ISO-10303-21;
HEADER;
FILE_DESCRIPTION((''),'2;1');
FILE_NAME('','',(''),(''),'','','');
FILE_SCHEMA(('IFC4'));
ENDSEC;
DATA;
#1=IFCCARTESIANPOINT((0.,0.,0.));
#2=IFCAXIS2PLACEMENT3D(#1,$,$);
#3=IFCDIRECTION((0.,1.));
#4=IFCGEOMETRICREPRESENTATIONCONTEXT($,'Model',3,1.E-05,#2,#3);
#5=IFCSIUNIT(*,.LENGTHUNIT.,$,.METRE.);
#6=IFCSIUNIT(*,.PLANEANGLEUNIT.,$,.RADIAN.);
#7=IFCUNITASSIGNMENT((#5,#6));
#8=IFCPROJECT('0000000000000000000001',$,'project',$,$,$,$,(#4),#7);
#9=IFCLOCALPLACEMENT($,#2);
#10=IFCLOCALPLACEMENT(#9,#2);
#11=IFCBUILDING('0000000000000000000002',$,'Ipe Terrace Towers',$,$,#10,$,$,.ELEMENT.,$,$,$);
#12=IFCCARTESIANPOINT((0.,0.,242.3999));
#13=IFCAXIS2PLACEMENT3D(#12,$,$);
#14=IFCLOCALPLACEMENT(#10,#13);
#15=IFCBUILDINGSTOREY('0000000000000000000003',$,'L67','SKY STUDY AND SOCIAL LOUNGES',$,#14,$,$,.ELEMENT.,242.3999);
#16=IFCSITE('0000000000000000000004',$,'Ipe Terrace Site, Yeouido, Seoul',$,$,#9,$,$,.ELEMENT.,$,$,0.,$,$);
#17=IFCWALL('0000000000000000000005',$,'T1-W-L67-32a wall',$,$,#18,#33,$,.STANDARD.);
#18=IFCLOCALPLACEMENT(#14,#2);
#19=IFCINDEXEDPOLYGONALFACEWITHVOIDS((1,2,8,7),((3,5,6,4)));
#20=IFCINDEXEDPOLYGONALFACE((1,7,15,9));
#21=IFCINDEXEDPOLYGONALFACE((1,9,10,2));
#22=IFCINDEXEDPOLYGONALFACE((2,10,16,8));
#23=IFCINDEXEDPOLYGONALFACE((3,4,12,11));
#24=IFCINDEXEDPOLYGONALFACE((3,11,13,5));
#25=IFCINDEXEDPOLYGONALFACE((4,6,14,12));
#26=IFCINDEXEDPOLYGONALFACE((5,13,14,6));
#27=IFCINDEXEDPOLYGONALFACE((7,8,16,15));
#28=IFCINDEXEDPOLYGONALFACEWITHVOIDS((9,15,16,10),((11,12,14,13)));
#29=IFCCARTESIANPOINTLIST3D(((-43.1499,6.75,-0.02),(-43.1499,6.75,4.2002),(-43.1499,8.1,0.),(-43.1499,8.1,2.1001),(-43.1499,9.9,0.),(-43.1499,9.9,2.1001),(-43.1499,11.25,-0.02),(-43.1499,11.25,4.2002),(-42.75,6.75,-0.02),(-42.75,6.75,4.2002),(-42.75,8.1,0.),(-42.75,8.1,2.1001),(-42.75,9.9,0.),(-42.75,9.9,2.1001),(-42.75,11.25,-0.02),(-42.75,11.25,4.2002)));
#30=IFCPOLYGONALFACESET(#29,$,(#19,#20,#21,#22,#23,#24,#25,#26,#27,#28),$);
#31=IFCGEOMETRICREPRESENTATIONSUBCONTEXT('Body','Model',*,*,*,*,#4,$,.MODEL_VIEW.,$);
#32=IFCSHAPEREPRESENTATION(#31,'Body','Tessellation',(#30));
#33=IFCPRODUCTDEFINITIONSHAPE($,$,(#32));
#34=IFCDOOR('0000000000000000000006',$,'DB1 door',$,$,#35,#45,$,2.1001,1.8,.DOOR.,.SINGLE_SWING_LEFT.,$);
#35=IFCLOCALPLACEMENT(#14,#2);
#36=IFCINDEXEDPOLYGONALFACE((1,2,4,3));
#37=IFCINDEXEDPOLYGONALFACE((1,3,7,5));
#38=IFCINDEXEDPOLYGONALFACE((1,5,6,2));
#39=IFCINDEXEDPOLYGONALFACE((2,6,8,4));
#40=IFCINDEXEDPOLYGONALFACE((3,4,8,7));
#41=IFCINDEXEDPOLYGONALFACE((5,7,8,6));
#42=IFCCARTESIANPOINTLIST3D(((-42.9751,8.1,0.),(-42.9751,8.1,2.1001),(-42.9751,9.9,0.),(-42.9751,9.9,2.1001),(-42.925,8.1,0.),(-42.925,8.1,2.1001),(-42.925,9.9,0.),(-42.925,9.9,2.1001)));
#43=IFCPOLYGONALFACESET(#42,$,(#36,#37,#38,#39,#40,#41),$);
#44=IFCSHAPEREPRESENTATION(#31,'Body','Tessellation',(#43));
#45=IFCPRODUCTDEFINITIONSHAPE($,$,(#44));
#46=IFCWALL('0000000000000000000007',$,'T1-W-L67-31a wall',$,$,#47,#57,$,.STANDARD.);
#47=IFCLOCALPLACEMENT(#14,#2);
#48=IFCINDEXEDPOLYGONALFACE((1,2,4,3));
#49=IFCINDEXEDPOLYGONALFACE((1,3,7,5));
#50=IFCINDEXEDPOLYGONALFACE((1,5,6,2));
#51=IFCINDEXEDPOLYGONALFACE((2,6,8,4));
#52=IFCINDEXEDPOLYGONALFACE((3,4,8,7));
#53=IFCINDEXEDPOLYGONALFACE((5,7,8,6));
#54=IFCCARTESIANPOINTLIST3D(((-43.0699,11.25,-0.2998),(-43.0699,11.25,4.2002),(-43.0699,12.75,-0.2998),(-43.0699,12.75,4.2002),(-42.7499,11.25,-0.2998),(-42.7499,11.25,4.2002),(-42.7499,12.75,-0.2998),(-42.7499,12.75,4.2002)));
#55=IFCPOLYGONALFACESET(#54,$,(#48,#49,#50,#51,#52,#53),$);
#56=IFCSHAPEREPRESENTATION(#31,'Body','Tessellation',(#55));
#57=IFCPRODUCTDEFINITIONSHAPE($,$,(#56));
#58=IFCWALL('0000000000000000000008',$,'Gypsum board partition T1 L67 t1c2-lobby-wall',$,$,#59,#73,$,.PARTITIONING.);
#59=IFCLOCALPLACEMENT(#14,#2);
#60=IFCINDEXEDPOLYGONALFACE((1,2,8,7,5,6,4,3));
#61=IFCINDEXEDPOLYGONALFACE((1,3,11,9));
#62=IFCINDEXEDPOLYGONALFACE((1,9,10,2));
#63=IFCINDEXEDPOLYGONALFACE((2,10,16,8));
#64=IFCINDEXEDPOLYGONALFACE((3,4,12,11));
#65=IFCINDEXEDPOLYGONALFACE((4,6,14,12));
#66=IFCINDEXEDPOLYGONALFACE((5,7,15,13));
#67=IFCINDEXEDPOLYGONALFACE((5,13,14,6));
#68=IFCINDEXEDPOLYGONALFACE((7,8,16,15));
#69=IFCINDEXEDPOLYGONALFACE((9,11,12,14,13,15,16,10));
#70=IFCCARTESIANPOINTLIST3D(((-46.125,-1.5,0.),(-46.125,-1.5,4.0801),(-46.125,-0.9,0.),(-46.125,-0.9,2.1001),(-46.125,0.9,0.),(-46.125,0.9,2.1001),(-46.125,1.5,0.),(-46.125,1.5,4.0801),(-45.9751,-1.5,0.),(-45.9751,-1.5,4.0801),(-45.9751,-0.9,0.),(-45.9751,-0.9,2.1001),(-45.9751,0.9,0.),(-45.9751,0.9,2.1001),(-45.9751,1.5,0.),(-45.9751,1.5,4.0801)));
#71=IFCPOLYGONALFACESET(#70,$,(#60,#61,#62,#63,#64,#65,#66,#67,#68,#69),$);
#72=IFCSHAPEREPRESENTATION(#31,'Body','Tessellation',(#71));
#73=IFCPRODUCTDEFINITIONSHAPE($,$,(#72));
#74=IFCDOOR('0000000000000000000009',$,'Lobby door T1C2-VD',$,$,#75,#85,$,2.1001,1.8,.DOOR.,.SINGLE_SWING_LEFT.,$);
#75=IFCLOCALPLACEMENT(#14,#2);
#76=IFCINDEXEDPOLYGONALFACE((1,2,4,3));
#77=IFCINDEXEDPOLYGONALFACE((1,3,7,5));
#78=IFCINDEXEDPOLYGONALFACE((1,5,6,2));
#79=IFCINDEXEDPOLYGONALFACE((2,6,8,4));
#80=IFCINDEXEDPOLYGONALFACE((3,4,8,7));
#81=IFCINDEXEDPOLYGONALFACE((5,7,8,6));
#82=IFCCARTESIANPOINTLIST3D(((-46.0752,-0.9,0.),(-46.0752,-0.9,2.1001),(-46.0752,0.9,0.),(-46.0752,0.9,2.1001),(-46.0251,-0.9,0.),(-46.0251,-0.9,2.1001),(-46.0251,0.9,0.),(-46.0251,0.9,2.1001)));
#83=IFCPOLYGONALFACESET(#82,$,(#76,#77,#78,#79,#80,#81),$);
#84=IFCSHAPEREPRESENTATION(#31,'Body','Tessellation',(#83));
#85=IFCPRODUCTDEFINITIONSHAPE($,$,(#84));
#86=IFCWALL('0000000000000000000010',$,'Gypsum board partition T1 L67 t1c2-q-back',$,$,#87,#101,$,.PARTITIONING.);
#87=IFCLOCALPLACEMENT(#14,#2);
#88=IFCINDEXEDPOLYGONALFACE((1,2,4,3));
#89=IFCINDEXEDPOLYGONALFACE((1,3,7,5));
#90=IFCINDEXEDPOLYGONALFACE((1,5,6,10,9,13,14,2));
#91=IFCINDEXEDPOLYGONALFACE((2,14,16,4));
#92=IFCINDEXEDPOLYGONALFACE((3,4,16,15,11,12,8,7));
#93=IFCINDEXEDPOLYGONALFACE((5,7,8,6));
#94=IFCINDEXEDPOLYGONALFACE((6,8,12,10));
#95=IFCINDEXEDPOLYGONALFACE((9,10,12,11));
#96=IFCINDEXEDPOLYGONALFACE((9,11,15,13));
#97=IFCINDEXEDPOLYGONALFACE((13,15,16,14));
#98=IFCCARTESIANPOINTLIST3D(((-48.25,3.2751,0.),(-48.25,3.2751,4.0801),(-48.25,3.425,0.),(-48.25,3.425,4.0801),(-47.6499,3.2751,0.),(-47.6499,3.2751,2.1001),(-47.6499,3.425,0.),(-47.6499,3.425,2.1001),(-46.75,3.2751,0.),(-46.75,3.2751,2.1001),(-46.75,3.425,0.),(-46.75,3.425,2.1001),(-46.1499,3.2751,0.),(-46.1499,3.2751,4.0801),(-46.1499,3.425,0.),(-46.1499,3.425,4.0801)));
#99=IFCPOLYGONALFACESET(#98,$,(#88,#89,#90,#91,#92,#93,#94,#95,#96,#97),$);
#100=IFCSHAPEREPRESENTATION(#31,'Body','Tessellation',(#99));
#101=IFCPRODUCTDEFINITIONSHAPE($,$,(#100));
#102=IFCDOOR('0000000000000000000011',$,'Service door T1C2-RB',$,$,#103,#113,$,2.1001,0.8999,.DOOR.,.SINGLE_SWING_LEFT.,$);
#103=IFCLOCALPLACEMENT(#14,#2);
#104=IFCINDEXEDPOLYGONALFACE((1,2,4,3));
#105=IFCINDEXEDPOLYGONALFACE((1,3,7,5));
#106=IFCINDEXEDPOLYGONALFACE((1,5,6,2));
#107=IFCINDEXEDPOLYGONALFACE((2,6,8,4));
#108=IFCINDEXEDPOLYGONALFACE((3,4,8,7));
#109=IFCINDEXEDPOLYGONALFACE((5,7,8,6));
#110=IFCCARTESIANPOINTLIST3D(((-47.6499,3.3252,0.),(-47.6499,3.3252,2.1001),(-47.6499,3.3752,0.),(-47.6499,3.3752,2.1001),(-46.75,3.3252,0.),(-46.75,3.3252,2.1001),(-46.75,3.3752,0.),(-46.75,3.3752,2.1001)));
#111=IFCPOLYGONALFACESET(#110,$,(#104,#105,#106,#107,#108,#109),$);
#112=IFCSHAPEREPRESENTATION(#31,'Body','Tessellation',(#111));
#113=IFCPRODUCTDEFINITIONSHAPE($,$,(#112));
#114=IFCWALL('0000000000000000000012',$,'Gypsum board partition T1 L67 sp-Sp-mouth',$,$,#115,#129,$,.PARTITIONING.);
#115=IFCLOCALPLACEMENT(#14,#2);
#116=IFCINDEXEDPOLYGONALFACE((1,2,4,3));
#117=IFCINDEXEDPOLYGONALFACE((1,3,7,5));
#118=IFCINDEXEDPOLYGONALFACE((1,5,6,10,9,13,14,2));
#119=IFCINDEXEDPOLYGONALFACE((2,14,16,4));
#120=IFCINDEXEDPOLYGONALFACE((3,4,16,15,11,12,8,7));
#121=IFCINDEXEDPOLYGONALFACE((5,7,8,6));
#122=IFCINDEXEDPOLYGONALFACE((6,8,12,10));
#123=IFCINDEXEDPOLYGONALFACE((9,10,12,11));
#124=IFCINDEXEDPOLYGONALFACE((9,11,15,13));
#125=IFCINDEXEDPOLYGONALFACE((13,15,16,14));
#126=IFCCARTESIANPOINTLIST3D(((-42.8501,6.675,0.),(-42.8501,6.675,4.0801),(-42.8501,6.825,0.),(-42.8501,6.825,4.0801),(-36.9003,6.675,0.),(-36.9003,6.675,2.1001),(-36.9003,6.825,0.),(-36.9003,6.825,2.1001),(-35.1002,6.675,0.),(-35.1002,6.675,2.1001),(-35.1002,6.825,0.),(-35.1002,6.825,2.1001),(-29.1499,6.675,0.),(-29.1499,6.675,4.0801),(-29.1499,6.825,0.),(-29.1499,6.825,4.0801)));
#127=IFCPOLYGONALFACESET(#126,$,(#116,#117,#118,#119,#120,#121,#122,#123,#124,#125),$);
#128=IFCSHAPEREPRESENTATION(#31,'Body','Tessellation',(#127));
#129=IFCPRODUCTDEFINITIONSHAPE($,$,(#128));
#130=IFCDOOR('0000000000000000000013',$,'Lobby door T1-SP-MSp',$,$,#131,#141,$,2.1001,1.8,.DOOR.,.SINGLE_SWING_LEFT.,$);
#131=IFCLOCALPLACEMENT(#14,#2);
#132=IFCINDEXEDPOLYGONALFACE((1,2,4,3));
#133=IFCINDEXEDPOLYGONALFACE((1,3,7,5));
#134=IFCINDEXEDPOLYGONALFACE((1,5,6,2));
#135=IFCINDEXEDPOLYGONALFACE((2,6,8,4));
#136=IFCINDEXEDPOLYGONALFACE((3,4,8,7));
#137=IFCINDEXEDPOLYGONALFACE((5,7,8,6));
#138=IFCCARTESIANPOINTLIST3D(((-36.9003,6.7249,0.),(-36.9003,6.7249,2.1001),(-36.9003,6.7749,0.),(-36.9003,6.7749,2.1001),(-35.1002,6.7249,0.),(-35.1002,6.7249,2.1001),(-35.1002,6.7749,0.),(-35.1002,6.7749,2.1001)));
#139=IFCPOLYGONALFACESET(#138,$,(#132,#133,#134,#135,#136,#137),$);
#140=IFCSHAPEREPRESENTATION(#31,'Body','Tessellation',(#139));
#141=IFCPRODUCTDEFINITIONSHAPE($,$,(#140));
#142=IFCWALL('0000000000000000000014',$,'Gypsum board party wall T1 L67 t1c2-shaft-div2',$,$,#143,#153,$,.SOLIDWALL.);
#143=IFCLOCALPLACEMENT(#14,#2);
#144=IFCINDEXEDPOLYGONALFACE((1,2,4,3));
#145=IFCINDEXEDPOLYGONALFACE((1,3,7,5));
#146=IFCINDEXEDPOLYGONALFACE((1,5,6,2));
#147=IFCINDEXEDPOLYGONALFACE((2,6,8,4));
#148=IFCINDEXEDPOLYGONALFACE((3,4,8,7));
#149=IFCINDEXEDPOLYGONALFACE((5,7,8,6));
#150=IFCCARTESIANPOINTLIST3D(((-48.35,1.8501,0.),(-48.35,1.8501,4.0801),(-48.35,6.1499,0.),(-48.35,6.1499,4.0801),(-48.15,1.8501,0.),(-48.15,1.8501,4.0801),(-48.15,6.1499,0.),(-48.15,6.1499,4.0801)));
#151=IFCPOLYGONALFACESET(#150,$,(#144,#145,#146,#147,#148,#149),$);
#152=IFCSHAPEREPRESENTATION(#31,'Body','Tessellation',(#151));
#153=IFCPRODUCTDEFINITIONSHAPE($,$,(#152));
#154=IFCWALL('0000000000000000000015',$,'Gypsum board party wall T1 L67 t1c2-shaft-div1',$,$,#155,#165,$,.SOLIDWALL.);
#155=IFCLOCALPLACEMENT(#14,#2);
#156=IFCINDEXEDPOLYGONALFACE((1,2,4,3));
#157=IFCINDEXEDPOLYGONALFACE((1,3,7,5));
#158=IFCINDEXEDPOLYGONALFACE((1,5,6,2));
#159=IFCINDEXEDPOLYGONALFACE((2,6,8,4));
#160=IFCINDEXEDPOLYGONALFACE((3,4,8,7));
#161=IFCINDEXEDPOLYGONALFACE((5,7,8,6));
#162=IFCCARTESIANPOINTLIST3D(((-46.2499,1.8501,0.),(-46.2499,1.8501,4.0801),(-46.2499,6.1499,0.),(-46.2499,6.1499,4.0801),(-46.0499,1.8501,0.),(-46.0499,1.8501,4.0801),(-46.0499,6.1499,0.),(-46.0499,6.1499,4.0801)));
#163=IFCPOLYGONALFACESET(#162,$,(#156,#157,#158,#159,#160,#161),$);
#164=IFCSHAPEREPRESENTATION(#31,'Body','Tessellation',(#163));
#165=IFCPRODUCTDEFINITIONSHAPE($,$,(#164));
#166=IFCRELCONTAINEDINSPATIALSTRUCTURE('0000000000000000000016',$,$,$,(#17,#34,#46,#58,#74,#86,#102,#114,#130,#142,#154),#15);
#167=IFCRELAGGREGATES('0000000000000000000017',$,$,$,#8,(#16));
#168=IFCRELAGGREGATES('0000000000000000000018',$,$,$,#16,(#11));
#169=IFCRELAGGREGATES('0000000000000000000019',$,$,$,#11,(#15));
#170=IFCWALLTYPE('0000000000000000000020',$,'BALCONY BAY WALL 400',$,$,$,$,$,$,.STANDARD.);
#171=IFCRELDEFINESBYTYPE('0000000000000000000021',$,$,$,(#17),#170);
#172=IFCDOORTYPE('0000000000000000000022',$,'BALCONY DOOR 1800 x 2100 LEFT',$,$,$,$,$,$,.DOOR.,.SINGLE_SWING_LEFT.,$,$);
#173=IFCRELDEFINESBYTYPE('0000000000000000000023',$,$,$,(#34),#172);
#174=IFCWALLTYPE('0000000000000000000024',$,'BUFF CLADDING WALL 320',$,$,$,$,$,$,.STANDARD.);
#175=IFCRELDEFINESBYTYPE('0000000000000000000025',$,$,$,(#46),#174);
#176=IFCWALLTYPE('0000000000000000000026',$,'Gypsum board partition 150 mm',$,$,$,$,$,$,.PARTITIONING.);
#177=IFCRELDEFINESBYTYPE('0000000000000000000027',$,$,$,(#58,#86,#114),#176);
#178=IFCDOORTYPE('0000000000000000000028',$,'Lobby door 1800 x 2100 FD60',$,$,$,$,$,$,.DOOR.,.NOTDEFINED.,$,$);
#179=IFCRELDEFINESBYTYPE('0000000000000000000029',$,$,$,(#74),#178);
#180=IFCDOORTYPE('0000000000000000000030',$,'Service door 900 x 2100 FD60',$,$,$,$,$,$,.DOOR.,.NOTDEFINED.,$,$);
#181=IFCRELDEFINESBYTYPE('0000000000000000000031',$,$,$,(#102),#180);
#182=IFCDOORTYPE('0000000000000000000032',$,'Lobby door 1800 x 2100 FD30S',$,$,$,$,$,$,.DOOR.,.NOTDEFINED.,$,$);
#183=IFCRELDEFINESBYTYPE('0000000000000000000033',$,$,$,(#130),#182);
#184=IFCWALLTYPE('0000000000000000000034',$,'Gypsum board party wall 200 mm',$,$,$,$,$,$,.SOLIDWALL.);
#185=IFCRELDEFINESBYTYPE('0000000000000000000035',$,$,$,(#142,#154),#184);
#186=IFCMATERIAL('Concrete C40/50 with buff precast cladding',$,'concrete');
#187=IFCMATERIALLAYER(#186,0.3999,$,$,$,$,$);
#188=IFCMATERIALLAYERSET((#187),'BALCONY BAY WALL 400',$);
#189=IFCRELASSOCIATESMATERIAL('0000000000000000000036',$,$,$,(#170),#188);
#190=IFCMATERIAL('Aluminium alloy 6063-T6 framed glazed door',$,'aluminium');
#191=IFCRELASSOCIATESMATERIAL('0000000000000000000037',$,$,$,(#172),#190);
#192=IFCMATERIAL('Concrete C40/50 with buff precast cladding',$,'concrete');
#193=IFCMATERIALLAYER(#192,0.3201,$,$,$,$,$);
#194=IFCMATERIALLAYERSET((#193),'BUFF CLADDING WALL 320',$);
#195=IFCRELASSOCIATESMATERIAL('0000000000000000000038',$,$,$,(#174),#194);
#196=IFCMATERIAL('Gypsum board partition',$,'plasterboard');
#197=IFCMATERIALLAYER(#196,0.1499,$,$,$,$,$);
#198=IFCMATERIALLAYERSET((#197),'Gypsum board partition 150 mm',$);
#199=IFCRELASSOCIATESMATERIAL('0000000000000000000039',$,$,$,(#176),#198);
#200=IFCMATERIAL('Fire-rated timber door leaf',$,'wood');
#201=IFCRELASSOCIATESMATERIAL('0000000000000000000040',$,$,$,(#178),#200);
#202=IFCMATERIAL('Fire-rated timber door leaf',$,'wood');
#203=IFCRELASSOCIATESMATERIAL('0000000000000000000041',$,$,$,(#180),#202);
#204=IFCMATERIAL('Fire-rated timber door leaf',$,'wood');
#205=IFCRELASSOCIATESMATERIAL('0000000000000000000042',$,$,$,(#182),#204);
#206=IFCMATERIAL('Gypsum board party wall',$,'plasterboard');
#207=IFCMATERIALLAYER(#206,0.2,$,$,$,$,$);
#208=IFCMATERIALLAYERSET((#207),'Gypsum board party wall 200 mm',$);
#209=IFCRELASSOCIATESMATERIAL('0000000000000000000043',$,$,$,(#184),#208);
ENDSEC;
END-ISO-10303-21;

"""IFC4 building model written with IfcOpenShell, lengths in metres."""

from ifc_helpers import new_model, si_unit, direction, frame, frame_2d, origin, place, context, subcontext, project, spatial, rectangle, extrude, material, layer, layer_set, type_object, element, fill, save


model = new_model("IFC4")

# Units and contexts
model_context = context("Model", 3, precision=1e-05, world=origin(), true_north=direction((0.0, 1.0)))
body_context = subcontext(model_context, "Body", "Model", "MODEL_VIEW")
ifc_project = project(units=[si_unit("LENGTHUNIT", "METRE"), si_unit("PLANEANGLEUNIT", "RADIAN")], contexts=[model_context])

# Site, building, storey
site_placement = place(None, origin())
site = spatial("IfcSite", under=ifc_project, at=site_placement, Name="Ipe Terrace Site, Yeouido, Seoul", CompositionType="ELEMENT", RefElevation=0.0)
building_placement = place(site_placement, origin())
building = spatial("IfcBuilding", under=site, at=building_placement, Name="Ipe Terrace Towers", CompositionType="ELEMENT")
storey_placement = place(building_placement, frame((0.0, 0.0, 242.3999)))
storey = spatial("IfcBuildingStorey", under=building, at=storey_placement, Name="L67", Description="SKY STUDY AND SOCIAL LOUNGES", CompositionType="ELEMENT", Elevation=242.3999)

# Wall, opening, door
ifc_material_1 = material(Name="Concrete C40/50 with buff precast cladding", Category="concrete")
ifc_layer_1 = layer(ifc_material_1, 0.3999)
ifc_layer_set_1 = layer_set([ifc_layer_1], Name="BALCONY BAY WALL 400")
wall_type_1 = type_object("IfcWallType", Name="BALCONY BAY WALL 400", PredefinedType="STANDARD", material=ifc_layer_set_1)
wall_1_placement = place(storey_placement, frame((-42.95, 11.25, -0.02), z_axis=(0.0, 0.0, 1.0), x_axis=(0.0, -1.0, 0.0)))
wall_1 = element("IfcWall", 1, at=wall_1_placement, inside=storey, type_object=wall_type_1, Name="T1-W-L67-32a wall", PredefinedType="STANDARD", context=body_context, shape_type="SweptSolid", body=[
    extrude(rectangle(XDim=4.5, YDim=0.3999, at=frame_2d((2.25, 0.0))), origin(), (0.0, 0.0, 1.0), 4.2202),
])
opening_1_placement = place(wall_1_placement, frame((1.3501, 0.0, 0.02)))
opening_1 = element("IfcOpeningElement", 2, at=opening_1_placement, cuts=wall_1, PredefinedType="OPENING", context=body_context, shape_type="SweptSolid", body=[
    extrude(rectangle(XDim=1.8, YDim=2.1001, at=frame_2d((0.8999, 1.05))), frame((0.0, 0.21, 0.0), z_axis=(0.0, -1.0, 0.0), x_axis=(1.0, 0.0, 0.0)), (0.0, 0.0, 1.0), 0.4199),
])
ifc_material_2 = material(Name="Aluminium alloy 6063-T6 framed glazed door", Category="aluminium")
door_type_1 = type_object("IfcDoorType", Name="BALCONY DOOR 1800 x 2100 LEFT", OperationType="SINGLE_SWING_LEFT", PredefinedType="DOOR", material=ifc_material_2)
door_1_placement = place(opening_1_placement, origin())
door_1 = element("IfcDoor", 3, at=door_1_placement, inside=storey, type_object=door_type_1, Name="DB1 door", OperationType="SINGLE_SWING_LEFT", OverallHeight=2.1001, OverallWidth=1.8, PredefinedType="DOOR", context=body_context, shape_type="SweptSolid", body=[
    extrude(rectangle(XDim=1.8, YDim=2.1001, at=frame_2d((0.8999, 1.05))), frame((0.0, 0.0249, 0.0), z_axis=(0.0, -1.0, 0.0), x_axis=(1.0, 0.0, 0.0)), (0.0, 0.0, 1.0), 0.05),
])
fill(opening_1, door_1)

# Wall
ifc_material_3 = material(Name="Concrete C40/50 with buff precast cladding", Category="concrete")
ifc_layer_2 = layer(ifc_material_3, 0.3201)
ifc_layer_set_2 = layer_set([ifc_layer_2], Name="BUFF CLADDING WALL 320")
wall_type_2 = type_object("IfcWallType", Name="BUFF CLADDING WALL 320", PredefinedType="STANDARD", material=ifc_layer_set_2)
wall_2_placement = place(storey_placement, frame((-42.9099, 12.75, -0.2998), z_axis=(0.0, 0.0, 1.0), x_axis=(0.0, -1.0, 0.0)))
element("IfcWall", 4, at=wall_2_placement, inside=storey, type_object=wall_type_2, Name="T1-W-L67-31a wall", PredefinedType="STANDARD", context=body_context, shape_type="SweptSolid", body=[
    extrude(rectangle(XDim=1.5, YDim=0.3201, at=frame_2d((0.75, 0.0))), origin(), (0.0, 0.0, 1.0), 4.5),
])

# Walls, openings, doors
ifc_material_4 = material(Name="Gypsum board partition", Category="plasterboard")
ifc_layer_3 = layer(ifc_material_4, 0.1499)
ifc_layer_set_3 = layer_set([ifc_layer_3], Name="Gypsum board partition 150 mm")
wall_type_3 = type_object("IfcWallType", Name="Gypsum board partition 150 mm", PredefinedType="PARTITIONING", material=ifc_layer_set_3)
wall_3_placement = place(storey_placement, frame((-46.05, 1.5, 0.0), z_axis=(0.0, 0.0, 1.0), x_axis=(0.0, -1.0, 0.0)))
wall_3 = element("IfcWall", 5, at=wall_3_placement, inside=storey, type_object=wall_type_3, Name="Gypsum board partition T1 L67 t1c2-lobby-wall", PredefinedType="PARTITIONING", context=body_context, shape_type="SweptSolid", body=[
    extrude(rectangle(XDim=3.0, YDim=0.1499, at=frame_2d((1.5, 0.0))), origin(), (0.0, 0.0, 1.0), 4.0801),
])
opening_2_placement = place(wall_3_placement, frame((0.6001, 0.0, 0.0)))
opening_2 = element("IfcOpeningElement", 6, at=opening_2_placement, cuts=wall_3, PredefinedType="OPENING", context=body_context, shape_type="SweptSolid", body=[
    extrude(rectangle(XDim=1.8, YDim=2.1001, at=frame_2d((0.8999, 1.05))), frame((0.0, 0.085, 0.0), z_axis=(0.0, -1.0, 0.0), x_axis=(1.0, 0.0, 0.0)), (0.0, 0.0, 1.0), 0.1699),
])
ifc_material_5 = material(Name="Fire-rated timber door leaf", Category="wood")
door_type_2 = type_object("IfcDoorType", Name="Lobby door 1800 x 2100 FD60", OperationType="NOTDEFINED", PredefinedType="DOOR", material=ifc_material_5)
door_2_placement = place(opening_2_placement, origin())
door_2 = element("IfcDoor", 7, at=door_2_placement, inside=storey, type_object=door_type_2, Name="Lobby door T1C2-VD", OperationType="SINGLE_SWING_LEFT", OverallHeight=2.1001, OverallWidth=1.8, PredefinedType="DOOR", context=body_context, shape_type="SweptSolid", body=[
    extrude(rectangle(XDim=1.8, YDim=2.1001, at=frame_2d((0.8999, 1.05))), frame((0.0, 0.0249, 0.0), z_axis=(0.0, -1.0, 0.0), x_axis=(1.0, 0.0, 0.0)), (0.0, 0.0, 1.0), 0.05),
])
fill(opening_2, door_2)
wall_4_placement = place(storey_placement, frame((-46.1499, 3.3501, 0.0), z_axis=(0.0, 0.0, 1.0), x_axis=(-1.0, 0.0, 0.0)))
wall_4 = element("IfcWall", 8, at=wall_4_placement, inside=storey, type_object=wall_type_3, Name="Gypsum board partition T1 L67 t1c2-q-back", PredefinedType="PARTITIONING", context=body_context, shape_type="SweptSolid", body=[
    extrude(rectangle(XDim=2.1001, YDim=0.1499, at=frame_2d((1.05, 0.0))), origin(), (0.0, 0.0, 1.0), 4.0801),
])
opening_3_placement = place(wall_4_placement, frame((0.6001, 0.0, 0.0)))
opening_3 = element("IfcOpeningElement", 9, at=opening_3_placement, cuts=wall_4, PredefinedType="OPENING", context=body_context, shape_type="SweptSolid", body=[
    extrude(rectangle(XDim=0.8999, YDim=2.1001, at=frame_2d((0.45, 1.05))), frame((0.0, 0.085, 0.0), z_axis=(0.0, -1.0, 0.0), x_axis=(1.0, 0.0, 0.0)), (0.0, 0.0, 1.0), 0.1699),
])
ifc_material_6 = material(Name="Fire-rated timber door leaf", Category="wood")
door_type_3 = type_object("IfcDoorType", Name="Service door 900 x 2100 FD60", OperationType="NOTDEFINED", PredefinedType="DOOR", material=ifc_material_6)
door_3_placement = place(opening_3_placement, origin())
door_3 = element("IfcDoor", 10, at=door_3_placement, inside=storey, type_object=door_type_3, Name="Service door T1C2-RB", OperationType="SINGLE_SWING_LEFT", OverallHeight=2.1001, OverallWidth=0.8999, PredefinedType="DOOR", context=body_context, shape_type="SweptSolid", body=[
    extrude(rectangle(XDim=0.8999, YDim=2.1001, at=frame_2d((0.45, 1.05))), frame((0.0, 0.0249, 0.0), z_axis=(0.0, -1.0, 0.0), x_axis=(1.0, 0.0, 0.0)), (0.0, 0.0, 1.0), 0.05),
])
fill(opening_3, door_3)
wall_5_placement = place(storey_placement, frame((-42.8501, 6.75, 0.0), z_axis=(0.0, 0.0, 1.0), x_axis=(1.0, 0.0, 0.0)))
wall_5 = element("IfcWall", 11, at=wall_5_placement, inside=storey, type_object=wall_type_3, Name="Gypsum board partition T1 L67 sp-Sp-mouth", PredefinedType="PARTITIONING", context=body_context, shape_type="SweptSolid", body=[
    extrude(rectangle(XDim=13.7002, YDim=0.1499, at=frame_2d((6.8501, 0.0))), origin(), (0.0, 0.0, 1.0), 4.0801),
])
opening_4_placement = place(wall_5_placement, frame((5.95, 0.0, 0.0)))
opening_4 = element("IfcOpeningElement", 12, at=opening_4_placement, cuts=wall_5, PredefinedType="OPENING", context=body_context, shape_type="SweptSolid", body=[
    extrude(rectangle(XDim=1.8, YDim=2.1001, at=frame_2d((0.8999, 1.05))), frame((0.0, 0.085, 0.0), z_axis=(0.0, -1.0, 0.0), x_axis=(1.0, 0.0, 0.0)), (0.0, 0.0, 1.0), 0.1699),
])
ifc_material_7 = material(Name="Fire-rated timber door leaf", Category="wood")
door_type_4 = type_object("IfcDoorType", Name="Lobby door 1800 x 2100 FD30S", OperationType="NOTDEFINED", PredefinedType="DOOR", material=ifc_material_7)
door_4_placement = place(opening_4_placement, origin())
door_4 = element("IfcDoor", 13, at=door_4_placement, inside=storey, type_object=door_type_4, Name="Lobby door T1-SP-MSp", OperationType="SINGLE_SWING_LEFT", OverallHeight=2.1001, OverallWidth=1.8, PredefinedType="DOOR", context=body_context, shape_type="SweptSolid", body=[
    extrude(rectangle(XDim=1.8, YDim=2.1001, at=frame_2d((0.8999, 1.05))), frame((0.0, 0.0249, 0.0), z_axis=(0.0, -1.0, 0.0), x_axis=(1.0, 0.0, 0.0)), (0.0, 0.0, 1.0), 0.05),
])
fill(opening_4, door_4)

# Walls
ifc_material_8 = material(Name="Gypsum board party wall", Category="plasterboard")
ifc_layer_4 = layer(ifc_material_8, 0.2)
ifc_layer_set_4 = layer_set([ifc_layer_4], Name="Gypsum board party wall 200 mm")
wall_type_4 = type_object("IfcWallType", Name="Gypsum board party wall 200 mm", PredefinedType="SOLIDWALL", material=ifc_layer_set_4)
for number, where, z_axis, x_axis, name in (
    (14, (-48.25, 6.1499, 0.0), (0.0, 0.0, 1.0), (0.0, -1.0, 0.0), "Gypsum board party wall T1 L67 t1c2-shaft-div2"),
    (15, (-46.1499, 6.1499, 0.0), (0.0, 0.0, 1.0), (0.0, -1.0, 0.0), "Gypsum board party wall T1 L67 t1c2-shaft-div1"),
):
    element("IfcWall", number, at=place(storey_placement, frame(where, z_axis=z_axis, x_axis=x_axis)), inside=storey, type_object=wall_type_4, Name=name, PredefinedType="SOLIDWALL", context=body_context, shape_type="SweptSolid", body=[
        extrude(rectangle(XDim=4.2998, YDim=0.2, at=frame_2d((2.1499, 0.0))), origin(), (0.0, 0.0, 1.0), 4.0801),
    ])

save(model, "model.ifc")
